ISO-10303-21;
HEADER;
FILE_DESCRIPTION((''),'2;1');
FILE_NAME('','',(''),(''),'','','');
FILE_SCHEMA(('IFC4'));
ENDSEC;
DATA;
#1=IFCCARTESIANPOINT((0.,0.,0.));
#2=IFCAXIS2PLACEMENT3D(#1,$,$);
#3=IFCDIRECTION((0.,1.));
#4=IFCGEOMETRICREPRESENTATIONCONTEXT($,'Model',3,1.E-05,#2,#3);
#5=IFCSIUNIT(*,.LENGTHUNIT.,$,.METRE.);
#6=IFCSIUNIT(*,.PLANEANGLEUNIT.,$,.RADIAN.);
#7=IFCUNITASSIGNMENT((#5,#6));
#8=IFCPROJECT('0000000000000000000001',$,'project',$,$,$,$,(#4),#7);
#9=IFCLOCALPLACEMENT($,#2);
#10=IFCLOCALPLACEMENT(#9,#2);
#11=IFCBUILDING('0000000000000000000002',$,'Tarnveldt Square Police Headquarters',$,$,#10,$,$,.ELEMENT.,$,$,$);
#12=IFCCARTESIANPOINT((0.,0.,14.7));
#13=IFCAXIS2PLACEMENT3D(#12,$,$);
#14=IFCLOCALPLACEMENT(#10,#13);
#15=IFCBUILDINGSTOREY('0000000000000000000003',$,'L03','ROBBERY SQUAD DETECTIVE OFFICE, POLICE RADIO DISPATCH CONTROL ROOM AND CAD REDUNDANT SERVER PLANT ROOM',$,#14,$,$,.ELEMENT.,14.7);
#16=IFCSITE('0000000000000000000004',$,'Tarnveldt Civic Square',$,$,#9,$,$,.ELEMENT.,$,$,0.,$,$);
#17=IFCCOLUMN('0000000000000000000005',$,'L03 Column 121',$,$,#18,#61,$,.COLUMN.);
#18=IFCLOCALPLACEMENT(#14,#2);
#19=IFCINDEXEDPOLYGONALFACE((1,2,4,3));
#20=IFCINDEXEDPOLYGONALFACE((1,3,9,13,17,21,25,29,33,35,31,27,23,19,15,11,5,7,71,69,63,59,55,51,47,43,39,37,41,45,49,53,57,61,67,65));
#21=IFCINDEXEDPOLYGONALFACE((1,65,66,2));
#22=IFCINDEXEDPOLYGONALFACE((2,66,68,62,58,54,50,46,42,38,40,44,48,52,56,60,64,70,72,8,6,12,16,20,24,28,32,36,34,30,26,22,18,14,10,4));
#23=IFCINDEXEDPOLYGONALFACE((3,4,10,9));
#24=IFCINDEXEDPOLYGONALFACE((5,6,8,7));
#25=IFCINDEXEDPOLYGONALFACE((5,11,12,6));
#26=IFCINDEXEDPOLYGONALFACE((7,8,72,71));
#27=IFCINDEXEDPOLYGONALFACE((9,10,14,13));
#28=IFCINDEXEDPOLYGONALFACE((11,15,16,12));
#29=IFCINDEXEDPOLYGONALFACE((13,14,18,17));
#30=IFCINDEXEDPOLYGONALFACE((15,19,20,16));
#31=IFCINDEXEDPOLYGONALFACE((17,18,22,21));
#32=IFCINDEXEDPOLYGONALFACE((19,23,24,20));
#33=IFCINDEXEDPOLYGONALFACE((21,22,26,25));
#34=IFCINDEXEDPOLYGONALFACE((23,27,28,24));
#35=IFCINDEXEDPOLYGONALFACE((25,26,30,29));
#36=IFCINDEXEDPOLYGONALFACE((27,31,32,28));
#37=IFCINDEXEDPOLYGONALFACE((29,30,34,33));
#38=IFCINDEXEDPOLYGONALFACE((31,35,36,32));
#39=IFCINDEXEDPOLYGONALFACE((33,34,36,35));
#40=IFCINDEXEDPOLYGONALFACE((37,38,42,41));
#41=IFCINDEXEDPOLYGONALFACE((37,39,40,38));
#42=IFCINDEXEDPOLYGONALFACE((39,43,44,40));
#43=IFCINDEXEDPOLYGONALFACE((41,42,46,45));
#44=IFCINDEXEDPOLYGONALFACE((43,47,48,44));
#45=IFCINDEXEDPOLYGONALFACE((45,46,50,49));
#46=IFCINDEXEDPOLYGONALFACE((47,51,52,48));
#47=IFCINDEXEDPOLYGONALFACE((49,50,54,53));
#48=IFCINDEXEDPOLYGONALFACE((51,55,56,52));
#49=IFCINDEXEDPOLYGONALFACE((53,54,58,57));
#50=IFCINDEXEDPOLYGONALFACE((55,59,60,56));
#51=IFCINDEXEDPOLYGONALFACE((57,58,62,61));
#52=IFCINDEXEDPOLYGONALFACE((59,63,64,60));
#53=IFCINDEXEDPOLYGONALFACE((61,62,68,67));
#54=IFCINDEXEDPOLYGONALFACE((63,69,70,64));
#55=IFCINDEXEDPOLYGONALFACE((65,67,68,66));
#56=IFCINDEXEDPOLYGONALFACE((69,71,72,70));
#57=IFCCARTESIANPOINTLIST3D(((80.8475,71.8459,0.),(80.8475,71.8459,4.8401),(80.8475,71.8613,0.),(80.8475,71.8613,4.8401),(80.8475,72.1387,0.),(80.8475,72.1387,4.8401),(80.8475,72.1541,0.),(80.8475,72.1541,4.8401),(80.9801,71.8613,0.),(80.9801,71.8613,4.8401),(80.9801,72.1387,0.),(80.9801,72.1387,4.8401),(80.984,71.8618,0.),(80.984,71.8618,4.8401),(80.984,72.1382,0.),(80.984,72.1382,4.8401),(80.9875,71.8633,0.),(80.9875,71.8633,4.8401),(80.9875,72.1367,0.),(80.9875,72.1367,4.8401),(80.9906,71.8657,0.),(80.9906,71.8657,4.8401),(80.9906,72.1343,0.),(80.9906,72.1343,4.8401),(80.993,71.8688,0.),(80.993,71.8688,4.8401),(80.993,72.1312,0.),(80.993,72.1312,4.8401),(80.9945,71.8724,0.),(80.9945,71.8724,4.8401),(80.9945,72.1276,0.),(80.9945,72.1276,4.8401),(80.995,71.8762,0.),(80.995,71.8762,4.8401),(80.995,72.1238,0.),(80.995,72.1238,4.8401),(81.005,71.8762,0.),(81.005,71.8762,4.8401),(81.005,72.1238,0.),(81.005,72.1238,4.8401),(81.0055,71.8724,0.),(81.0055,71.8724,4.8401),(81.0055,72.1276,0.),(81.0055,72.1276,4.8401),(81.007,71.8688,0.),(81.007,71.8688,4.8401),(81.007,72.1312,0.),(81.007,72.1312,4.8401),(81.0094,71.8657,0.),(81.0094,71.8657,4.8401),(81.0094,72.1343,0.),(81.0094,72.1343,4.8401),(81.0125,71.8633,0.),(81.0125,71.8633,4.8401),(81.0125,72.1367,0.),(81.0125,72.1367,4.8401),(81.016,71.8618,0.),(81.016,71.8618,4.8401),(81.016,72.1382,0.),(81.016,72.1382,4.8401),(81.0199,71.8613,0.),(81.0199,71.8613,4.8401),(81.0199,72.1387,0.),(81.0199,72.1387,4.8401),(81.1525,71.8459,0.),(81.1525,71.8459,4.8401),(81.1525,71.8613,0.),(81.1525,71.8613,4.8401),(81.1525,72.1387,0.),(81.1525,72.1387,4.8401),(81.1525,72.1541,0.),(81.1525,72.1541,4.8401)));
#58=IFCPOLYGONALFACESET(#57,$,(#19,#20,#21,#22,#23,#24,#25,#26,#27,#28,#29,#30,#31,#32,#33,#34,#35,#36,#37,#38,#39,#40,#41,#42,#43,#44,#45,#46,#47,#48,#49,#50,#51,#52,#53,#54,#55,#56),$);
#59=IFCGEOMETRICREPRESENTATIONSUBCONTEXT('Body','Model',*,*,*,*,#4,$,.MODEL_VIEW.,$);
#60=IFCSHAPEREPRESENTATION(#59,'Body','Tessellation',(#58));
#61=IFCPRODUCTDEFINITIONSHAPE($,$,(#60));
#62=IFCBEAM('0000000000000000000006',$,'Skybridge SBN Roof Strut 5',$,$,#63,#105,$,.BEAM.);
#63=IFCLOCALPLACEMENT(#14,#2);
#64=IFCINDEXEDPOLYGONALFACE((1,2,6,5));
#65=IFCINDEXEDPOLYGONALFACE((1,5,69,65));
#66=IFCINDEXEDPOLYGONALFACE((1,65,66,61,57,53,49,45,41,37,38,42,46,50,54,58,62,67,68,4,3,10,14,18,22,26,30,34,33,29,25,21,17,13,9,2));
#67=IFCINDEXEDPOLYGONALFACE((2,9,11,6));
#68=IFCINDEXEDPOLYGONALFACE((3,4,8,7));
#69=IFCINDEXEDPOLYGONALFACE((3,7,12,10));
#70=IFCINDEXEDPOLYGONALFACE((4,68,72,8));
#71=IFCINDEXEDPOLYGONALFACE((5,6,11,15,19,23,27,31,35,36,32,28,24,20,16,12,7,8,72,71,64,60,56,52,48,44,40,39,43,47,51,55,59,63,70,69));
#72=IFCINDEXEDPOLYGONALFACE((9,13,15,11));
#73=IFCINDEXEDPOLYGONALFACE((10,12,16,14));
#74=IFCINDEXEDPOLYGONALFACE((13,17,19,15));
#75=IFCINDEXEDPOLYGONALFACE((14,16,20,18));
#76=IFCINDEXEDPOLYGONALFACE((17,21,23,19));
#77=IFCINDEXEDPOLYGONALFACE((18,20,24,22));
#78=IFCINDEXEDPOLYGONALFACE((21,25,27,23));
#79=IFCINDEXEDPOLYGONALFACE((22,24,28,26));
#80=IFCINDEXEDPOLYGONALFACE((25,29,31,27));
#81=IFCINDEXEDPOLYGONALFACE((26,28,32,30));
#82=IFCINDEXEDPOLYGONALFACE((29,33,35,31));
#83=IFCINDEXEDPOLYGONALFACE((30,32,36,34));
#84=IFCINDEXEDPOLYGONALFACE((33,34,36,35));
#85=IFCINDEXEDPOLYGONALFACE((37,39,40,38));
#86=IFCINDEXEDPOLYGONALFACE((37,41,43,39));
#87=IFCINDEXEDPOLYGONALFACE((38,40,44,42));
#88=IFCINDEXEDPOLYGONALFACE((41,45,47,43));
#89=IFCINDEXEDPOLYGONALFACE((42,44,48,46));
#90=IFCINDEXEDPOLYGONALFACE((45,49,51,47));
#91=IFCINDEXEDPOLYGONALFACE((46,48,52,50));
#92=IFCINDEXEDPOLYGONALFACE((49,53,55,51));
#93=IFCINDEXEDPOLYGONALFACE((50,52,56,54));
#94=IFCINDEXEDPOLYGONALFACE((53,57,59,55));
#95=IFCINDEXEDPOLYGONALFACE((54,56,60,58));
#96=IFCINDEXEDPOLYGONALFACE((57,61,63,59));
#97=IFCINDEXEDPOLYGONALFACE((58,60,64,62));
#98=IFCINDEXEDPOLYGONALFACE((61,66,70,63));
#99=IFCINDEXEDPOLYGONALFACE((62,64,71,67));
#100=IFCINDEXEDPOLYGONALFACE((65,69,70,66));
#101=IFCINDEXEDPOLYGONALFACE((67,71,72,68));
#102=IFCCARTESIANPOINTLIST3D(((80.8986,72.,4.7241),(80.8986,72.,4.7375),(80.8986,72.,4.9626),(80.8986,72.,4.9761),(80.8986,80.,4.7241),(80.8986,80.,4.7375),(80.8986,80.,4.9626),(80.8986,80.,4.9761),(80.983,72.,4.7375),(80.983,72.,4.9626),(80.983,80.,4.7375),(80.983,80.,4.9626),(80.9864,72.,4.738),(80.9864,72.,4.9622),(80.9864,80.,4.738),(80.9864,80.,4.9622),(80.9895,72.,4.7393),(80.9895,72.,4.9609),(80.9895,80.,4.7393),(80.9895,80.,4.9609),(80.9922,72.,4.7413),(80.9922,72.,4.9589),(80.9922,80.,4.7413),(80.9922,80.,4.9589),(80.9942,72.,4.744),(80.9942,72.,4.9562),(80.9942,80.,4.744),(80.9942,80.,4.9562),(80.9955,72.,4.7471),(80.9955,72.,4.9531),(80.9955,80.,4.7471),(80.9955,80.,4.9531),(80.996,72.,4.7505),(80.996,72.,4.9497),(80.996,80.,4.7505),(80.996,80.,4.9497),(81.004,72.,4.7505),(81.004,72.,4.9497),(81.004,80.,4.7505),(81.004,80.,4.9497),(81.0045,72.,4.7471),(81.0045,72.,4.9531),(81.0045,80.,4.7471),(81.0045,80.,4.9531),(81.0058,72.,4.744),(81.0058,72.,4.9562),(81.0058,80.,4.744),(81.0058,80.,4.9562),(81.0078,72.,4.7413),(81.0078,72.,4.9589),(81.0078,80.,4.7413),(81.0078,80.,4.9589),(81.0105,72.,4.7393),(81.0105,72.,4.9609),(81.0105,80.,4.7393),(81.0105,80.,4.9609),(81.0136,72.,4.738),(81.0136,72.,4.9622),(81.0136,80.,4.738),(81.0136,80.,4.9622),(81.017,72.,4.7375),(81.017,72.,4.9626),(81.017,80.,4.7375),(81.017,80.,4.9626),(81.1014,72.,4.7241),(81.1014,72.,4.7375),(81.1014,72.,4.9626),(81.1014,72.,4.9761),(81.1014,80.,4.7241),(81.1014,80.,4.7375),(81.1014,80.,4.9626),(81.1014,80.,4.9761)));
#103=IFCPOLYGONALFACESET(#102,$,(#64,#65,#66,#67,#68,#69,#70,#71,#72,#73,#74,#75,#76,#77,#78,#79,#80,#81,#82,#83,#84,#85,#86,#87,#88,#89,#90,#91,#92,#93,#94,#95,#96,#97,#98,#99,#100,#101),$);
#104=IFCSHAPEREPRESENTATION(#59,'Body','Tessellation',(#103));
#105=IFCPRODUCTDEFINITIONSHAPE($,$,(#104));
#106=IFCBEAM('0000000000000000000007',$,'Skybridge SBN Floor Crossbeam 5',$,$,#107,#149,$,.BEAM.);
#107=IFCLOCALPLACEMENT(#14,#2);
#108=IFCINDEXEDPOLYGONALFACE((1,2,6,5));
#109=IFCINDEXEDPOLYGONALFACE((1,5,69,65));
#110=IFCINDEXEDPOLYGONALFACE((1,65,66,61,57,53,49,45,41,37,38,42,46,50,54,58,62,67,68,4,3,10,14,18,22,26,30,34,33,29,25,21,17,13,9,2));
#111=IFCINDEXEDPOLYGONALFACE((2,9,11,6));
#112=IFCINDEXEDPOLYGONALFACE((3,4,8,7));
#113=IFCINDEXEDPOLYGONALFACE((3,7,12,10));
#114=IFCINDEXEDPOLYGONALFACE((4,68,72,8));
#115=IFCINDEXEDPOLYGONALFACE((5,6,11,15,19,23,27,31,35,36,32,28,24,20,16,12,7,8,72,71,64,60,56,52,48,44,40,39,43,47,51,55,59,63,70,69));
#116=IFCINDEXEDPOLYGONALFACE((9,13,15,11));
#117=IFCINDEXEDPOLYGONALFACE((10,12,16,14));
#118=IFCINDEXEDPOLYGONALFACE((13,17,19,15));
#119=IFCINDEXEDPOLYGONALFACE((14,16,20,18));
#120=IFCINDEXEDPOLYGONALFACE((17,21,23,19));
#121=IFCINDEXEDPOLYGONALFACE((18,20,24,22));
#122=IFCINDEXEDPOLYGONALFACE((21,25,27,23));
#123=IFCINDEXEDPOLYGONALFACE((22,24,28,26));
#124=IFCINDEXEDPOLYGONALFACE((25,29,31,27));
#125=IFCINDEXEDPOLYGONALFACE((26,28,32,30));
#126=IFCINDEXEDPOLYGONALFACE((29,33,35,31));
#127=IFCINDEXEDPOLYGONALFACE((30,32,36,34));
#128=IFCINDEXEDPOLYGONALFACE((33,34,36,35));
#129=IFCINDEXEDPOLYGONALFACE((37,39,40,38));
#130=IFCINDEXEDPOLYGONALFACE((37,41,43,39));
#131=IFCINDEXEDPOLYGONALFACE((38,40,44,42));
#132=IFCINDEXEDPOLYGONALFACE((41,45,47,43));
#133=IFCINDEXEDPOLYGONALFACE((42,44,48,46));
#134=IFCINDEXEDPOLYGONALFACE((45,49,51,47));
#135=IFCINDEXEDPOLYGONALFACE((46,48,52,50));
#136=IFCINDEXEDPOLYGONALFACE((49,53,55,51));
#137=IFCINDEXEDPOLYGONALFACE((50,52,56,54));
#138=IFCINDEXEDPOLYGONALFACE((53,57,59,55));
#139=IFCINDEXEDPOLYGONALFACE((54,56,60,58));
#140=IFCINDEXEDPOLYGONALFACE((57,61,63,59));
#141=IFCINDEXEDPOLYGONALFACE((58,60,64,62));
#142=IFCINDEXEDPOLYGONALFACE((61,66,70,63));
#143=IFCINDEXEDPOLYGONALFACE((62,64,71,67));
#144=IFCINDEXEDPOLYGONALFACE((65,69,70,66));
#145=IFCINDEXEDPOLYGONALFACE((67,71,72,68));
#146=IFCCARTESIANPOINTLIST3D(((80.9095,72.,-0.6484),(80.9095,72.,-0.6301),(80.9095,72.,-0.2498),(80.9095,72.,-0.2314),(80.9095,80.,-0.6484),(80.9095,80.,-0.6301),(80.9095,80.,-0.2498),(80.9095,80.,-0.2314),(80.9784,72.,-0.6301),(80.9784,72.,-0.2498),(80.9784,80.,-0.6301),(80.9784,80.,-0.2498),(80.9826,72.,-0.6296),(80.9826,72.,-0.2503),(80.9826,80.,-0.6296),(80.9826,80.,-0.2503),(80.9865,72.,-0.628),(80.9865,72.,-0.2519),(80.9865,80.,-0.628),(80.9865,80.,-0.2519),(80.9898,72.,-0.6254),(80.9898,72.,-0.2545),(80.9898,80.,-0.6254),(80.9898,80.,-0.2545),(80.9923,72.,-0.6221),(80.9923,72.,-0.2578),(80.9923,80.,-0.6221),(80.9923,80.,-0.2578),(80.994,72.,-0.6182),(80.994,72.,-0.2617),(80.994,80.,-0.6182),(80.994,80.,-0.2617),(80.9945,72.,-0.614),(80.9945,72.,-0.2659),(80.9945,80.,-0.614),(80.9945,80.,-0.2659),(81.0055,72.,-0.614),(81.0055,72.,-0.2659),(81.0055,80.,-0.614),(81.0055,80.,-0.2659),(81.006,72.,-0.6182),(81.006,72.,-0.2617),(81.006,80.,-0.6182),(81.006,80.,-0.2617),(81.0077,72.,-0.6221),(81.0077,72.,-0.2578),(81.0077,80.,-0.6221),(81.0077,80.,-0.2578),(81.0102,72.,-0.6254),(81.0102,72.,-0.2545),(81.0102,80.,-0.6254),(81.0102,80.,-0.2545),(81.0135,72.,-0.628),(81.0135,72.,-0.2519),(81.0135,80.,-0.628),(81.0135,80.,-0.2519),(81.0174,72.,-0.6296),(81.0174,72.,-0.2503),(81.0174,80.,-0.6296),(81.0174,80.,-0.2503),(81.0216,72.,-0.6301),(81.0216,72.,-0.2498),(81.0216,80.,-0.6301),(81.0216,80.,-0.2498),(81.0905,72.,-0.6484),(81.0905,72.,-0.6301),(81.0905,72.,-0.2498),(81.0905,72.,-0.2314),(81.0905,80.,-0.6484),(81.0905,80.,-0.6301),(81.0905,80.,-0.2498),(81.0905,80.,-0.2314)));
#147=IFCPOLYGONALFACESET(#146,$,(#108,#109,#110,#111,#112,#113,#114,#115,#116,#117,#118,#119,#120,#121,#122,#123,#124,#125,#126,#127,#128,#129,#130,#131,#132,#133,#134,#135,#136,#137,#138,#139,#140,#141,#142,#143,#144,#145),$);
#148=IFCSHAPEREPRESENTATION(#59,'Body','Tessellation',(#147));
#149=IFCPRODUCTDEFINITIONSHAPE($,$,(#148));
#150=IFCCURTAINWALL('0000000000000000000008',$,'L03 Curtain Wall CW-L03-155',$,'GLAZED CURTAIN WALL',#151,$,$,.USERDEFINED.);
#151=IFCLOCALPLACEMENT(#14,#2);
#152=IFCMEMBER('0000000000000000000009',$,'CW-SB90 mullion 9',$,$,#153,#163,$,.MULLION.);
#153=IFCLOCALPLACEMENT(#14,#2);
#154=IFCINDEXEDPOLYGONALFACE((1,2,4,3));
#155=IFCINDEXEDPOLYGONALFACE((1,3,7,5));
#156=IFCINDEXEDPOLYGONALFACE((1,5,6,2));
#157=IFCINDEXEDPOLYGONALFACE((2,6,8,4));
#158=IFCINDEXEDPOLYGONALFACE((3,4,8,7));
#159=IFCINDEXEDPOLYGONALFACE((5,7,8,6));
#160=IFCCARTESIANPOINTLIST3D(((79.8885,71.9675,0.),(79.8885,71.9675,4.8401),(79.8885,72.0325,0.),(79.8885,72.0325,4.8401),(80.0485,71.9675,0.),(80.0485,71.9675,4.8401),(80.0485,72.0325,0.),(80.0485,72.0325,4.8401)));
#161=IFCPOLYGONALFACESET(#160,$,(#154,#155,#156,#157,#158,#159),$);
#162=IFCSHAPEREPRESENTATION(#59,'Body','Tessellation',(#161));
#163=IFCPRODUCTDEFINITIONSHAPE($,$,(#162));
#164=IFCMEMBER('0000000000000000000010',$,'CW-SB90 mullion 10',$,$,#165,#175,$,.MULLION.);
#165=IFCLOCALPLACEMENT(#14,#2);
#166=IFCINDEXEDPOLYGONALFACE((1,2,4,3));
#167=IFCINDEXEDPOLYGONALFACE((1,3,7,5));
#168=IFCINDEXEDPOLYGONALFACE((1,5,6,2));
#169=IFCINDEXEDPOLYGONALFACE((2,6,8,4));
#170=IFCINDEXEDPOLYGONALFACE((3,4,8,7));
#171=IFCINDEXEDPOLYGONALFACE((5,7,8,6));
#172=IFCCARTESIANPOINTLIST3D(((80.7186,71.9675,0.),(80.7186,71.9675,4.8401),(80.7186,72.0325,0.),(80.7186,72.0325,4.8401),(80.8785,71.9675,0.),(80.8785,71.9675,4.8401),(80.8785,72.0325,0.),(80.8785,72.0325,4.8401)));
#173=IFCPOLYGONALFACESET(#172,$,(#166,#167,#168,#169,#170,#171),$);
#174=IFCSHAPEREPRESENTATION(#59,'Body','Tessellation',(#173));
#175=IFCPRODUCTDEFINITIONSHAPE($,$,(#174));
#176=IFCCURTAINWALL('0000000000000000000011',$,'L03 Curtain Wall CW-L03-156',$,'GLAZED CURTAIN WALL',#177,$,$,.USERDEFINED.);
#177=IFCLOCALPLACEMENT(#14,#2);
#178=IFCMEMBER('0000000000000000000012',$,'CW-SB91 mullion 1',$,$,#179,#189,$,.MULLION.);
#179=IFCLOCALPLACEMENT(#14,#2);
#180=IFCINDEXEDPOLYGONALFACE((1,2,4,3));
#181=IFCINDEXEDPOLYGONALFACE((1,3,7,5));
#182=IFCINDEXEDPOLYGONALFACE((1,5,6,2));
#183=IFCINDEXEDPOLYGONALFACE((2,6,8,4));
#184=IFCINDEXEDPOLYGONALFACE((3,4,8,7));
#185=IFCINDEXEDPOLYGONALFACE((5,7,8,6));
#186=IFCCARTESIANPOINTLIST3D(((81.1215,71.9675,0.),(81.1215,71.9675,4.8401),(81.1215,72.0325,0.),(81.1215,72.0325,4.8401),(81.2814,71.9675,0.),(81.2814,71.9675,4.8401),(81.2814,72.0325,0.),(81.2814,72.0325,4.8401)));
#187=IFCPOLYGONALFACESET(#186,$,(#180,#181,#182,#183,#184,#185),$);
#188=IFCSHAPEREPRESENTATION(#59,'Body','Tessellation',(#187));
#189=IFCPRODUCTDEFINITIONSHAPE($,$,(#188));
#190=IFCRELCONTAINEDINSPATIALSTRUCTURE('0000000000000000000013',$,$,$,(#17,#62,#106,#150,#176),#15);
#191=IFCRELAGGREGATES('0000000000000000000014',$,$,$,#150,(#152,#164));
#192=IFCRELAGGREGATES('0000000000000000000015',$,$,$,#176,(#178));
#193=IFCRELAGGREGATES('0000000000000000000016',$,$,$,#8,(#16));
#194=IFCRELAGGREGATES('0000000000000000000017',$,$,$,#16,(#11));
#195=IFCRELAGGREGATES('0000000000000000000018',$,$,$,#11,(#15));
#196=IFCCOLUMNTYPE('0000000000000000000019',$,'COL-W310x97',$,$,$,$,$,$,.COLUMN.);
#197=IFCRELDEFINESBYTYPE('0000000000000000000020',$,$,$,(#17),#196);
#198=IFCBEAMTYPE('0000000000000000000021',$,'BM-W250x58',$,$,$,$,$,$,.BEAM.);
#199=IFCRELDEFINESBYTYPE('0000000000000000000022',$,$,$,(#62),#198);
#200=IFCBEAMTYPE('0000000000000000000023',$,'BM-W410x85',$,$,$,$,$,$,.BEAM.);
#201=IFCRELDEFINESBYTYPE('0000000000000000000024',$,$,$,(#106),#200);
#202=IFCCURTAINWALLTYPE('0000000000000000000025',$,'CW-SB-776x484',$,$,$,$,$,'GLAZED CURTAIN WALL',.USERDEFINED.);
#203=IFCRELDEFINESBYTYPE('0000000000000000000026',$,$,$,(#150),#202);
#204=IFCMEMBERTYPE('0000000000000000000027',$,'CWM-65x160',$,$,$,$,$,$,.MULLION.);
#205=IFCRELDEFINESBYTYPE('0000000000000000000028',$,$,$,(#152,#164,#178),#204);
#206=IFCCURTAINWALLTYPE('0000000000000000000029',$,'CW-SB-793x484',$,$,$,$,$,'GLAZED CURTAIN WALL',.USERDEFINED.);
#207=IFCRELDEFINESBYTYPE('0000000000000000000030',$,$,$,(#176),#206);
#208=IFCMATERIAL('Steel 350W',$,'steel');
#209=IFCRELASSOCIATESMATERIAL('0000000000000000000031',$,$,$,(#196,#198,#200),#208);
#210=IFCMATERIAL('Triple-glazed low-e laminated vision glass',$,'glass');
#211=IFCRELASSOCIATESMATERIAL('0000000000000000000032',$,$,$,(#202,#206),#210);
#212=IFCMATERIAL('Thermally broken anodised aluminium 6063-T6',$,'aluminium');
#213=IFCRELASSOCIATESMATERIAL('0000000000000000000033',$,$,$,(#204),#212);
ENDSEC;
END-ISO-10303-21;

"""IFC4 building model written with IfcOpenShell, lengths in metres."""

from ifc_helpers import new_model, si_unit, direction, frame, origin, origin_2d, place, context, subcontext, project, spatial, rectangle, i_section, extrude, material, material_profile, profile_set, type_object, element, aggregate, save


model = new_model("IFC4")

# Units and contexts
model_context = context("Model", 3, precision=1e-05, world=origin(), true_north=direction((0.0, 1.0)))
body_context = subcontext(model_context, "Body", "Model", "MODEL_VIEW")
ifc_project = project(units=[si_unit("LENGTHUNIT", "METRE"), si_unit("PLANEANGLEUNIT", "RADIAN")], contexts=[model_context])

# Site, building, storey
site_placement = place(None, origin())
site = spatial("IfcSite", under=ifc_project, at=site_placement, Name="Tarnveldt Civic Square", CompositionType="ELEMENT", RefElevation=0.0)
building_placement = place(site_placement, origin())
building = spatial("IfcBuilding", under=site, at=building_placement, Name="Tarnveldt Square Police Headquarters", CompositionType="ELEMENT")
storey_placement = place(building_placement, frame((0.0, 0.0, 14.7)))
storey = spatial("IfcBuildingStorey", under=building, at=storey_placement, Name="L03", Description="ROBBERY SQUAD DETECTIVE OFFICE, POLICE RADIO DISPATCH CONTROL ROOM AND CAD REDUNDANT SERVER PLANT ROOM", CompositionType="ELEMENT", Elevation=14.7)

# Column
ifc_material_1 = material(Name="Steel 350W", Category="steel")
ifc_material_profile_1 = material_profile(ifc_material_1, i_section(OverallWidth=0.3049, OverallDepth=0.3081, WebThickness=0.01, FlangeThickness=0.0154, FilletRadius=0.0149, at=origin_2d()), Name="W310x97")
ifc_profile_set_1 = profile_set([ifc_material_profile_1], Name="Steel 350W")
column_type = type_object("IfcColumnType", Name="COL-W310x97", PredefinedType="COLUMN", material=ifc_profile_set_1)
column_placement = place(storey_placement, frame((81.0, 72.0, 0.0), z_axis=(0.0, 0.0, 1.0), x_axis=(1.0, 0.0, 0.0)))
element("IfcColumn", 1, at=column_placement, inside=storey, type_object=column_type, Name="L03 Column 121", PredefinedType="COLUMN", context=body_context, shape_type="SweptSolid", body=[
    extrude(i_section(OverallWidth=0.3049, OverallDepth=0.3081, WebThickness=0.01, FlangeThickness=0.0154, FilletRadius=0.0149, at=origin_2d()), origin(), (0.0, 0.0, 1.0), 4.8401),
])

# Beams
ifc_material_profile_2 = material_profile(ifc_material_1, i_section(OverallWidth=0.2029, OverallDepth=0.252, WebThickness=0.0081, FlangeThickness=0.0134, FilletRadius=0.0129, at=origin_2d()), Name="W250x58")
ifc_profile_set_2 = profile_set([ifc_material_profile_2], Name="Steel 350W")
beam_type_1 = type_object("IfcBeamType", Name="BM-W250x58", PredefinedType="BEAM", material=ifc_profile_set_2)
beam_1_placement = place(storey_placement, frame((81.0, 72.0, 4.8501), z_axis=(0.0, 1.0, 0.0), x_axis=(-1.0, 0.0, 0.0)))
element("IfcBeam", 2, at=beam_1_placement, inside=storey, type_object=beam_type_1, Name="Skybridge SBN Roof Strut 5", PredefinedType="BEAM", context=body_context, shape_type="SweptSolid", body=[
    extrude(i_section(OverallWidth=0.2029, OverallDepth=0.252, WebThickness=0.0081, FlangeThickness=0.0134, FilletRadius=0.0129, at=origin_2d()), origin(), (0.0, 0.0, 1.0), 8.0),
])
ifc_material_profile_3 = material_profile(ifc_material_1, i_section(OverallWidth=0.1809, OverallDepth=0.417, WebThickness=0.011, FlangeThickness=0.0183, FilletRadius=0.0161, at=origin_2d()), Name="W410x85")
ifc_profile_set_3 = profile_set([ifc_material_profile_3], Name="Steel 350W")
beam_type_2 = type_object("IfcBeamType", Name="BM-W410x85", PredefinedType="BEAM", material=ifc_profile_set_3)
beam_2_placement = place(storey_placement, frame((81.0, 72.0, -0.4399), z_axis=(0.0, 1.0, 0.0), x_axis=(-1.0, 0.0, 0.0)))
element("IfcBeam", 3, at=beam_2_placement, inside=storey, type_object=beam_type_2, Name="Skybridge SBN Floor Crossbeam 5", PredefinedType="BEAM", context=body_context, shape_type="SweptSolid", body=[
    extrude(i_section(OverallWidth=0.1809, OverallDepth=0.417, WebThickness=0.011, FlangeThickness=0.0183, FilletRadius=0.0161, at=origin_2d()), origin(), (0.0, 0.0, 1.0), 8.0),
])

# Curtain walls, members
ifc_material_2 = material(Name="Triple-glazed low-e laminated vision glass", Category="glass")
curtain_wall_type_1 = type_object("IfcCurtainWallType", Name="CW-SB-776x484", ElementType="GLAZED CURTAIN WALL", PredefinedType="USERDEFINED", material=ifc_material_2)
curtain_wall_1_placement = place(storey_placement, origin())
curtain_wall_1 = element("IfcCurtainWall", 4, at=curtain_wall_1_placement, inside=storey, type_object=curtain_wall_type_1, Name="L03 Curtain Wall CW-L03-155", ObjectType="GLAZED CURTAIN WALL", PredefinedType="USERDEFINED")
ifc_material_3 = material(Name="Thermally broken anodised aluminium 6063-T6", Category="aluminium")
ifc_material_profile_4 = material_profile(ifc_material_3, rectangle(XDim=0.0649, YDim=0.1599, at=origin_2d()), Name="CW-M65x160")
ifc_profile_set_4 = profile_set([ifc_material_profile_4], Name="Thermally broken anodised aluminium 6063-T6")
member_type_1 = type_object("IfcMemberType", Name="CWM-65x160", PredefinedType="MULLION", material=ifc_profile_set_4)
member_1_placement = place(storey_placement, frame((79.9685, 72.0, 0.0), z_axis=(0.0, 0.0, 1.0), x_axis=(0.0, 1.0, 0.0)))
member_1 = element("IfcMember", 5, at=member_1_placement, type_object=member_type_1, Name="CW-SB90 mullion 9", PredefinedType="MULLION", context=body_context, shape_type="SweptSolid", body=[
    extrude(rectangle(XDim=0.0649, YDim=0.1599, at=origin_2d()), origin(), (0.0, 0.0, 1.0), 4.8401),
])
member_2_placement = place(storey_placement, frame((80.7986, 72.0, 0.0), z_axis=(0.0, 0.0, 1.0), x_axis=(0.0, 1.0, 0.0)))
member_2 = element("IfcMember", 6, at=member_2_placement, type_object=member_type_1, Name="CW-SB90 mullion 10", PredefinedType="MULLION", context=body_context, shape_type="SweptSolid", body=[
    extrude(rectangle(XDim=0.0649, YDim=0.1599, at=origin_2d()), origin(), (0.0, 0.0, 1.0), 4.8401),
])
curtain_wall_type_2 = type_object("IfcCurtainWallType", Name="CW-SB-793x484", ElementType="GLAZED CURTAIN WALL", PredefinedType="USERDEFINED", material=ifc_material_2)
curtain_wall_2_placement = place(storey_placement, origin())
curtain_wall_2 = element("IfcCurtainWall", 7, at=curtain_wall_2_placement, inside=storey, type_object=curtain_wall_type_2, Name="L03 Curtain Wall CW-L03-156", ObjectType="GLAZED CURTAIN WALL", PredefinedType="USERDEFINED")
member_3_placement = place(storey_placement, frame((81.2014, 72.0, 0.0), z_axis=(0.0, 0.0, 1.0), x_axis=(0.0, 1.0, 0.0)))
member_3 = element("IfcMember", 8, at=member_3_placement, type_object=member_type_1, Name="CW-SB91 mullion 1", PredefinedType="MULLION", context=body_context, shape_type="SweptSolid", body=[
    extrude(rectangle(XDim=0.0649, YDim=0.1599, at=origin_2d()), origin(), (0.0, 0.0, 1.0), 4.8401),
])

aggregate(curtain_wall_1, [member_1, member_2])
aggregate(curtain_wall_2, [member_3])

save(model, "model.ifc")
